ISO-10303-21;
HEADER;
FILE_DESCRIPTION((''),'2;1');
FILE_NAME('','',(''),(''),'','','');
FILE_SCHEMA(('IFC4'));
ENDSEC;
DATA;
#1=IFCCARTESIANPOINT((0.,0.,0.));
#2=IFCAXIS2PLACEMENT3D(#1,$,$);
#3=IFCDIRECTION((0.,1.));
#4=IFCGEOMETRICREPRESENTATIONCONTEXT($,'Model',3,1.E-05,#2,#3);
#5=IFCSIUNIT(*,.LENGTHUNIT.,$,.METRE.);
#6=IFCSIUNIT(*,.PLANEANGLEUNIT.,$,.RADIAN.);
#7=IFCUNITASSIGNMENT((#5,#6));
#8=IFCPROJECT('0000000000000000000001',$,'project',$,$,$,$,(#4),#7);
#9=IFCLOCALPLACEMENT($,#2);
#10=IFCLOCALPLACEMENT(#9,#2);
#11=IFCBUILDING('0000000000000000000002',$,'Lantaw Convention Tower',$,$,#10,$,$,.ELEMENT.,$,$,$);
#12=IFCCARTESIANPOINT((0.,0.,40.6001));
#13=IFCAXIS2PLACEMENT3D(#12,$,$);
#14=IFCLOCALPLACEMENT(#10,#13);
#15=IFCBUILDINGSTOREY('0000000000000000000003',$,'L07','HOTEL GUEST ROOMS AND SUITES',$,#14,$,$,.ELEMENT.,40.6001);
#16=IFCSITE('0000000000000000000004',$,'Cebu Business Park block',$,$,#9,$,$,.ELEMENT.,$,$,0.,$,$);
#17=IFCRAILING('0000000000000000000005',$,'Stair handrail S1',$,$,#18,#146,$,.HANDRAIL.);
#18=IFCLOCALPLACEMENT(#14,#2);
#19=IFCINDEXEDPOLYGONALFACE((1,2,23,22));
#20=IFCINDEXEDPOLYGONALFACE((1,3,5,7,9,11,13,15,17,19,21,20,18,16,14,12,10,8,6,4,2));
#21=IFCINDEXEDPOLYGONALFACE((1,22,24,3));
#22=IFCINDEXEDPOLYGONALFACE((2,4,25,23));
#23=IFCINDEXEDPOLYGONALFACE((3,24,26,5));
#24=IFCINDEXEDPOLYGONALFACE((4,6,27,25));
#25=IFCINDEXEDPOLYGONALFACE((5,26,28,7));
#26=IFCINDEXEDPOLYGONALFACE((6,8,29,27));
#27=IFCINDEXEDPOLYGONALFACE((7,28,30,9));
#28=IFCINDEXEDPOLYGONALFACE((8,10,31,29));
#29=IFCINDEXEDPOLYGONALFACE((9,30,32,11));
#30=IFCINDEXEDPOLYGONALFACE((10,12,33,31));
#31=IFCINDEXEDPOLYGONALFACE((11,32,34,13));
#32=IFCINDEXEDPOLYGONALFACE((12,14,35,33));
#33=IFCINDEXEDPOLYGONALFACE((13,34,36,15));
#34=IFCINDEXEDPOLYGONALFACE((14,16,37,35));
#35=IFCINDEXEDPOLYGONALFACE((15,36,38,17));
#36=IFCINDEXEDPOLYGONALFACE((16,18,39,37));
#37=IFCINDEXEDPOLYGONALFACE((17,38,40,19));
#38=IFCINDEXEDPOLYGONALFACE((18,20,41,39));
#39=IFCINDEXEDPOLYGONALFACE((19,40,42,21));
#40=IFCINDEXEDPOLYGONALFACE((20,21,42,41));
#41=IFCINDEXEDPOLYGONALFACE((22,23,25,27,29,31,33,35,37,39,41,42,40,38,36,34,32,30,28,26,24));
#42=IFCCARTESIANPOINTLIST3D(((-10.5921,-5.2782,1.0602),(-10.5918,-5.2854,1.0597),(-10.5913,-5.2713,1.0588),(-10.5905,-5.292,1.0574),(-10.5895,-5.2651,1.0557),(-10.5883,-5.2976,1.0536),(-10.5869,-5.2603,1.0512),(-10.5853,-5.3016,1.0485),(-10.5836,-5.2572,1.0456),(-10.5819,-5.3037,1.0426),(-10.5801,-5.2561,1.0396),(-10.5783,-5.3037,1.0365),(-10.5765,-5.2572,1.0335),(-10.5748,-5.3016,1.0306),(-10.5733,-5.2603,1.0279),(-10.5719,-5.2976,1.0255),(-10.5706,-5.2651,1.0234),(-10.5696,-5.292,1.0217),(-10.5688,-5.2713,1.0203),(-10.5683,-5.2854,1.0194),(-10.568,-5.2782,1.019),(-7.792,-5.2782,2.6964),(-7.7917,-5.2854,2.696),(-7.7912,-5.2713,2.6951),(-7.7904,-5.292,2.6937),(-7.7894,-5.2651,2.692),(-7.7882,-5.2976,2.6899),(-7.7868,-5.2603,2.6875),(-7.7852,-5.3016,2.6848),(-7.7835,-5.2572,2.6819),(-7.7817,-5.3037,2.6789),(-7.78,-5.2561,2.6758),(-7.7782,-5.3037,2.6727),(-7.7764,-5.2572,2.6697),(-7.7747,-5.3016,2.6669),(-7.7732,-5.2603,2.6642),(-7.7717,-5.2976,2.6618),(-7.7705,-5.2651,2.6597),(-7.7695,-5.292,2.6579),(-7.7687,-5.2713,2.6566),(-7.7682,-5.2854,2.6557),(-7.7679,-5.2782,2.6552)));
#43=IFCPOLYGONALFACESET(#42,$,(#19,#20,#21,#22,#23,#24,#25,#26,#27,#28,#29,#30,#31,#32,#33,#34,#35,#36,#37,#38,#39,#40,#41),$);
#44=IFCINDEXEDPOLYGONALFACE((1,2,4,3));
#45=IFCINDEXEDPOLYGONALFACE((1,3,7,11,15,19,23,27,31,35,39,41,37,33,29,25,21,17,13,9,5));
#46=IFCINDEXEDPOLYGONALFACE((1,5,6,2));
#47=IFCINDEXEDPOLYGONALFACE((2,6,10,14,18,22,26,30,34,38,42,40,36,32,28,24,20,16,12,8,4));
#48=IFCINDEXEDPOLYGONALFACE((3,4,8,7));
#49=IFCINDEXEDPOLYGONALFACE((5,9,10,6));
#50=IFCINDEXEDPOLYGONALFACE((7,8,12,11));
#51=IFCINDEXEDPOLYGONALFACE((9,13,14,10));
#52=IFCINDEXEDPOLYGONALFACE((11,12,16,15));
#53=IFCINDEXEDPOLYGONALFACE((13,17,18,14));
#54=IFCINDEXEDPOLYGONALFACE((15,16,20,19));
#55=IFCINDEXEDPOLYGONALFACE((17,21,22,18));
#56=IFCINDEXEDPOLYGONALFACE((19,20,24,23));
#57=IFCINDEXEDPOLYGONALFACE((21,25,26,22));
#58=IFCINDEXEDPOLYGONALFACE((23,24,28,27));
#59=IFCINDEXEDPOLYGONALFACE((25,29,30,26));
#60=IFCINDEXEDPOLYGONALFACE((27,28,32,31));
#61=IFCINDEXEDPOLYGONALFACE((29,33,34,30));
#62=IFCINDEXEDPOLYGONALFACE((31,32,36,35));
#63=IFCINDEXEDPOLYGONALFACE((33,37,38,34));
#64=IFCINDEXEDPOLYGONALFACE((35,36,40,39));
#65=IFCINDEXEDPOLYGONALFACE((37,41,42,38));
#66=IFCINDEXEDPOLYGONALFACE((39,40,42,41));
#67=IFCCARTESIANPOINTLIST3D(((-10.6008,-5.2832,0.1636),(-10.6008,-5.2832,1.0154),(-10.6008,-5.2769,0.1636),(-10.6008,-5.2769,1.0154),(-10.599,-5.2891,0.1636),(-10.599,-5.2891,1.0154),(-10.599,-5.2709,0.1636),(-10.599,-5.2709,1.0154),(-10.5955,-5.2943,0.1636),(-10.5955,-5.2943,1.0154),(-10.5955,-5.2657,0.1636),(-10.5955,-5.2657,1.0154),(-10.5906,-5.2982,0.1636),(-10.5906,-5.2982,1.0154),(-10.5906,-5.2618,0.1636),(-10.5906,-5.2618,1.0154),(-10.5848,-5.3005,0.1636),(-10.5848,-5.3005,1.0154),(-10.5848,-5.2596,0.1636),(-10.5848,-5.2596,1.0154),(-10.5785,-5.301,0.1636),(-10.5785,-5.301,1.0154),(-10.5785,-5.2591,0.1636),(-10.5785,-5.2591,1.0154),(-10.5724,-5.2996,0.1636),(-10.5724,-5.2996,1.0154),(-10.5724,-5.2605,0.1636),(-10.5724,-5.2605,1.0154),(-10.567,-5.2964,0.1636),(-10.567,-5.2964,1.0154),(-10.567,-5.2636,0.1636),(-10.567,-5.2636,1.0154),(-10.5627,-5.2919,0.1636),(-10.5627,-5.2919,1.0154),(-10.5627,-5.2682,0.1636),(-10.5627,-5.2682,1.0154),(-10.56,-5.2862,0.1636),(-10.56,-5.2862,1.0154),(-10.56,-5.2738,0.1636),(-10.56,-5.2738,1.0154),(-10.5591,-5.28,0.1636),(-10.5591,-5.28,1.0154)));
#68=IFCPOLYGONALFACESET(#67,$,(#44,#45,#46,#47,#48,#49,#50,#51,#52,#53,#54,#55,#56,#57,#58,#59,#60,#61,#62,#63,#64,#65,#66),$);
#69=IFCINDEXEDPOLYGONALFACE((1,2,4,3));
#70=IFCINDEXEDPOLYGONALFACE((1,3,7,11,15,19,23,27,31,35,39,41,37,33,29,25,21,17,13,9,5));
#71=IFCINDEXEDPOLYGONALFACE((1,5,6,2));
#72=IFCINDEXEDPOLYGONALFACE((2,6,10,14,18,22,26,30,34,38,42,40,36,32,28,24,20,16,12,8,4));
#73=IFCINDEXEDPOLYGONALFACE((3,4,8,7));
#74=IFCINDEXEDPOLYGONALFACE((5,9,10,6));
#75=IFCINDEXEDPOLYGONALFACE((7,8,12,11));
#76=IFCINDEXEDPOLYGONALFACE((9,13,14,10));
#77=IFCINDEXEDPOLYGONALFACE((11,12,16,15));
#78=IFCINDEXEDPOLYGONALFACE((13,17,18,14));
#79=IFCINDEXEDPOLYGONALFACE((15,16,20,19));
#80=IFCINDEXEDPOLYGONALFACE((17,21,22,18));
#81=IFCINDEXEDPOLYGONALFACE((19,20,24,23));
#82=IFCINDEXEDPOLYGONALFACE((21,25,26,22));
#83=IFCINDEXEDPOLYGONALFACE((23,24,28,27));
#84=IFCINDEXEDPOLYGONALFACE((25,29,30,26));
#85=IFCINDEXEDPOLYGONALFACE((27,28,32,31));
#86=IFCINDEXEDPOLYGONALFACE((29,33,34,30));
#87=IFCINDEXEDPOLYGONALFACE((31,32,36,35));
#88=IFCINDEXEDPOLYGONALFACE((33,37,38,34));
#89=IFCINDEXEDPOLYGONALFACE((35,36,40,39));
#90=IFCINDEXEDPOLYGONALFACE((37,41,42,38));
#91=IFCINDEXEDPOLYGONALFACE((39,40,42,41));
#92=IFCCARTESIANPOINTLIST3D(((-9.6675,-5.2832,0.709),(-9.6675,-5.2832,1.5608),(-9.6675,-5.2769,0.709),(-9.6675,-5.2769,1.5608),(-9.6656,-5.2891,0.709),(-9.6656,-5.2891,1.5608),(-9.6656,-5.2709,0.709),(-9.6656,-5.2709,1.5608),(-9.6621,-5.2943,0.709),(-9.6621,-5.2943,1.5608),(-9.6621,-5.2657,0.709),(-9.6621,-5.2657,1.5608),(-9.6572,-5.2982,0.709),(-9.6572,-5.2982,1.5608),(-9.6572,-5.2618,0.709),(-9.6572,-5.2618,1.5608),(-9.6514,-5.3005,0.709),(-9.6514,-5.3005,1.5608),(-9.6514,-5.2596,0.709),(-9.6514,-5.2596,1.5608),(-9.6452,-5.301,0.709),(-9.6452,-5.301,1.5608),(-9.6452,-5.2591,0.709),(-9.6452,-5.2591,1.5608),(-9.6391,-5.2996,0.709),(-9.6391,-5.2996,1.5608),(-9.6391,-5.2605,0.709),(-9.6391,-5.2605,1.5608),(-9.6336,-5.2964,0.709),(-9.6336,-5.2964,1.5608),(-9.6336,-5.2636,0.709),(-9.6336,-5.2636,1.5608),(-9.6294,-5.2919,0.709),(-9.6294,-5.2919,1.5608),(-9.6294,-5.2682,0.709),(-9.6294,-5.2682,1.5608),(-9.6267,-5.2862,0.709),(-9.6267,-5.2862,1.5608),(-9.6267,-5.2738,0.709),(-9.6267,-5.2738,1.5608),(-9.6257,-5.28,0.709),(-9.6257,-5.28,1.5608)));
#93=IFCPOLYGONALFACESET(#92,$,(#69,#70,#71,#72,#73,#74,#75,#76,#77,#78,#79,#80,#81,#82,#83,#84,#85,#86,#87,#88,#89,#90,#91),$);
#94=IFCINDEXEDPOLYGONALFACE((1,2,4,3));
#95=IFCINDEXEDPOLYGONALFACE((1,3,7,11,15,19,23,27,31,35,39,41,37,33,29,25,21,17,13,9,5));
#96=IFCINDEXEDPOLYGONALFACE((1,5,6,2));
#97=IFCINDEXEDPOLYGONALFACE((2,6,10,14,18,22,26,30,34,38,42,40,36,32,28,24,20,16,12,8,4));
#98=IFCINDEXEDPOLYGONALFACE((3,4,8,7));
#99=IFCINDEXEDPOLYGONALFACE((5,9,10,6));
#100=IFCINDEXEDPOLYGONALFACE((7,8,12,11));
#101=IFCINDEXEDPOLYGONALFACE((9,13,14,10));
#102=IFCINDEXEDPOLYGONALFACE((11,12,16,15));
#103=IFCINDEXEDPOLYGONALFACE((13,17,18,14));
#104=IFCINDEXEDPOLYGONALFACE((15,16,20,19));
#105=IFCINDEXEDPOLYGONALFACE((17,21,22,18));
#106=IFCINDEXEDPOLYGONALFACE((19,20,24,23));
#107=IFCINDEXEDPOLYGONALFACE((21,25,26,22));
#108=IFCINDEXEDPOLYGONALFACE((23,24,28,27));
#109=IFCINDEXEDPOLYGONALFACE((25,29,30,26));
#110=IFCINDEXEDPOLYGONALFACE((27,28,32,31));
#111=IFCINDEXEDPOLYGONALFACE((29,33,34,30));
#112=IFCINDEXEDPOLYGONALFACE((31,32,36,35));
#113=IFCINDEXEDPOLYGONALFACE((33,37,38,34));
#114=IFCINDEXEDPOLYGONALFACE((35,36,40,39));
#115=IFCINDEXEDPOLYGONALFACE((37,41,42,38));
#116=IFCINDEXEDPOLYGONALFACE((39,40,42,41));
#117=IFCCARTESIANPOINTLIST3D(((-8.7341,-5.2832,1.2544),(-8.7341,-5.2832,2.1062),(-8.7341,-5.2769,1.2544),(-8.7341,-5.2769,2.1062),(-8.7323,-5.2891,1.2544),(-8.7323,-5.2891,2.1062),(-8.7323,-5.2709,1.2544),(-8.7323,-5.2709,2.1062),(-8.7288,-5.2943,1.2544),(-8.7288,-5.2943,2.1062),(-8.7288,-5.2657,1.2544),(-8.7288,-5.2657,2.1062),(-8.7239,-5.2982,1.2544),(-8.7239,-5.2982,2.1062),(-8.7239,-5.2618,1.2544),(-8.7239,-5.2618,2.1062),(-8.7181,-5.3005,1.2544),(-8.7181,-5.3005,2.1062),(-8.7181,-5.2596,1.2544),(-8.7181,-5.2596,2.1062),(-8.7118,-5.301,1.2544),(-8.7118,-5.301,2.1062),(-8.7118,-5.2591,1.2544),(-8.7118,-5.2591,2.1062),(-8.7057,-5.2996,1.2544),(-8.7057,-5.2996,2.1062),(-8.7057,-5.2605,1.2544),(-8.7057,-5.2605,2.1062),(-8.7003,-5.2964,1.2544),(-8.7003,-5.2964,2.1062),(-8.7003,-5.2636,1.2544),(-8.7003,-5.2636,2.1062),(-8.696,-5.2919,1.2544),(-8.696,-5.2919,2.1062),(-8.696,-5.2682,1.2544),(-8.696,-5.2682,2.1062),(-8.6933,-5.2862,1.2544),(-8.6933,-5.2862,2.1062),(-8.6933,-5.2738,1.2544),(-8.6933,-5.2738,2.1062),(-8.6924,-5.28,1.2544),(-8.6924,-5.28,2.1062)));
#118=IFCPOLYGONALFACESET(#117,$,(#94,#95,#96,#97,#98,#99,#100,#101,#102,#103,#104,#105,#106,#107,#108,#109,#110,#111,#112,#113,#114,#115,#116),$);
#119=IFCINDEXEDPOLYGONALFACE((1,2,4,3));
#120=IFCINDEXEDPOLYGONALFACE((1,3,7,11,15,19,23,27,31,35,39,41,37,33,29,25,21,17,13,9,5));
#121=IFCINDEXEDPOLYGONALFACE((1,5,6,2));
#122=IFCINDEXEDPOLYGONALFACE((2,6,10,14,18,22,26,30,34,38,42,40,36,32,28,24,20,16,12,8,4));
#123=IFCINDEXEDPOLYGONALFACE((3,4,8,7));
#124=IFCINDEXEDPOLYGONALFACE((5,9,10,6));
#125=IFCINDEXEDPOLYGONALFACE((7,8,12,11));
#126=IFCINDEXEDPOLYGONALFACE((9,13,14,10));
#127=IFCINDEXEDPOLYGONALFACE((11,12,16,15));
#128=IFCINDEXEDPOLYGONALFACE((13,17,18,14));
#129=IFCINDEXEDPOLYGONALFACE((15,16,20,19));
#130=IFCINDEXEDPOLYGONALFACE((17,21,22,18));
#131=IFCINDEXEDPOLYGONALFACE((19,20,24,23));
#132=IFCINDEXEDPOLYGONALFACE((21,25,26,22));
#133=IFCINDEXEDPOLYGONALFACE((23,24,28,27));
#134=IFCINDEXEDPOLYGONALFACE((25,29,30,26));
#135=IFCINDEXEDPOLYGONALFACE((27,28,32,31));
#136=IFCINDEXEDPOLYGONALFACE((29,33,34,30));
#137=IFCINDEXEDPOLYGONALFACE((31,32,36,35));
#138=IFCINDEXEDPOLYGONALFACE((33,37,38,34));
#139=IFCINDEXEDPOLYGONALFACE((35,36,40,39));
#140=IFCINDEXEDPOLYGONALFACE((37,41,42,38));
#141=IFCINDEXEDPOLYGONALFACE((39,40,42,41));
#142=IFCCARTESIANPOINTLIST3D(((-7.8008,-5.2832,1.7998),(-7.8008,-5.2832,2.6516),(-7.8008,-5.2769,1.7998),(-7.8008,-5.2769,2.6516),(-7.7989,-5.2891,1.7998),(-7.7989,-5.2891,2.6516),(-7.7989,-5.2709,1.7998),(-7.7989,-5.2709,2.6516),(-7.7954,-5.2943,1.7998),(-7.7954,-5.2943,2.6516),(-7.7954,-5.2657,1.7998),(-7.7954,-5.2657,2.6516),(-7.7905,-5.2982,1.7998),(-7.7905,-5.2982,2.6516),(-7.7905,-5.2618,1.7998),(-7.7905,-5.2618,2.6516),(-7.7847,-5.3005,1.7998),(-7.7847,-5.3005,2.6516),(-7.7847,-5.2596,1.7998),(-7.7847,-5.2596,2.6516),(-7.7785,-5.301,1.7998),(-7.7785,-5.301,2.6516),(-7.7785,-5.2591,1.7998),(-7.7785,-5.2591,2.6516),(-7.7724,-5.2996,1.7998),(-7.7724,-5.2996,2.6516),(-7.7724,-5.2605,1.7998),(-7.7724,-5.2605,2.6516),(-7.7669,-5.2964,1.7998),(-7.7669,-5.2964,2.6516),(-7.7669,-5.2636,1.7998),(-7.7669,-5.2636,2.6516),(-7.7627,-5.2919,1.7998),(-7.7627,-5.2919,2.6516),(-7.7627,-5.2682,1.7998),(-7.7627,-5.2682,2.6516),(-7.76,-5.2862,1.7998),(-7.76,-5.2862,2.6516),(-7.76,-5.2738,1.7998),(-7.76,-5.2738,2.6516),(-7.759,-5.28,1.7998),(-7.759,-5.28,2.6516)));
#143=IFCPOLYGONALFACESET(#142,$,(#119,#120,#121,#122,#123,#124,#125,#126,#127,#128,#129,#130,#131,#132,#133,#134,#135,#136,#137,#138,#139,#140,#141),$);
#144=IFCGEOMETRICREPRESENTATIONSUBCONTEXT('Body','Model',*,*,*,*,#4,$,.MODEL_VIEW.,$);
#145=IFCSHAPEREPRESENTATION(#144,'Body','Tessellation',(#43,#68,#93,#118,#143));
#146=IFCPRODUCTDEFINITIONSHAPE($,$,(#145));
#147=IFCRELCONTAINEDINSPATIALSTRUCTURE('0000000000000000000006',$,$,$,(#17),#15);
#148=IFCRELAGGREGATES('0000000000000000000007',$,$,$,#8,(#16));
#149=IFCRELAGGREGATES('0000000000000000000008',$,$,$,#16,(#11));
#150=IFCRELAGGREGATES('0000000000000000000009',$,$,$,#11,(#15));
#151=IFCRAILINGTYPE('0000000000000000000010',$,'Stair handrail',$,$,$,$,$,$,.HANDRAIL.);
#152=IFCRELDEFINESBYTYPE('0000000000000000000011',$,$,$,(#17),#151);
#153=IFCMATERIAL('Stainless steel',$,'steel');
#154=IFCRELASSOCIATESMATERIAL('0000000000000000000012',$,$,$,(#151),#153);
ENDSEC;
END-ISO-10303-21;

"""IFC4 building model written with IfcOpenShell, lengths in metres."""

from ifc_helpers import new_model, si_unit, direction, frame, origin, origin_2d, place, context, subcontext, project, spatial, circle, extrude, material, type_object, element, save


model = new_model("IFC4")

# Units and contexts
model_context = context("Model", 3, precision=1e-05, world=origin(), true_north=direction((0.0, 1.0)))
body_context = subcontext(model_context, "Body", "Model", "MODEL_VIEW")
ifc_project = project(units=[si_unit("LENGTHUNIT", "METRE"), si_unit("PLANEANGLEUNIT", "RADIAN")], contexts=[model_context])

# Site, building, storey
site_placement = place(None, origin())
site = spatial("IfcSite", under=ifc_project, at=site_placement, Name="Cebu Business Park block", CompositionType="ELEMENT", RefElevation=0.0)
building_placement = place(site_placement, origin())
building = spatial("IfcBuilding", under=site, at=building_placement, Name="Lantaw Convention Tower", CompositionType="ELEMENT")
storey_placement = place(building_placement, frame((0.0, 0.0, 40.6001)))
storey = spatial("IfcBuildingStorey", under=building, at=storey_placement, Name="L07", Description="HOTEL GUEST ROOMS AND SUITES", CompositionType="ELEMENT", Elevation=40.6001)

# Shared definitions
ifc_material_1 = material(Name="Stainless steel", Category="steel")

# Railing
railing_type = type_object("IfcRailingType", Name="Stair handrail", PredefinedType="HANDRAIL", material=ifc_material_1)
railing_1_placement = place(storey_placement, frame((-10.5801, -5.28, 0.1636)))
element("IfcRailing", 1, at=railing_1_placement, inside=storey, type_object=railing_type, Name="Stair handrail S1", PredefinedType="HANDRAIL", context=body_context, shape_type="SweptSolid", body=[
    extrude(circle(Radius=0.0239, at=origin_2d()), frame((0.0, 0.0, 0.876), z_axis=(0.863394, 0.0, 0.504531), x_axis=(0.0, 1.0, 0.0)), (0.0, 0.0, 1.0), 3.2432),
    extrude(circle(Radius=0.021, at=origin_2d()), origin(), (0.0, 0.0, 1.0), 0.8518),
    extrude(circle(Radius=0.021, at=origin_2d()), frame((0.9333, 0.0, 0.5454)), (0.0, 0.0, 1.0), 0.8518),
    extrude(circle(Radius=0.021, at=origin_2d()), frame((1.8667, 0.0, 1.0908)), (0.0, 0.0, 1.0), 0.8518),
    extrude(circle(Radius=0.021, at=origin_2d()), frame((2.8, 0.0, 1.6362)), (0.0, 0.0, 1.0), 0.8518),
])

save(model, "model.ifc")
